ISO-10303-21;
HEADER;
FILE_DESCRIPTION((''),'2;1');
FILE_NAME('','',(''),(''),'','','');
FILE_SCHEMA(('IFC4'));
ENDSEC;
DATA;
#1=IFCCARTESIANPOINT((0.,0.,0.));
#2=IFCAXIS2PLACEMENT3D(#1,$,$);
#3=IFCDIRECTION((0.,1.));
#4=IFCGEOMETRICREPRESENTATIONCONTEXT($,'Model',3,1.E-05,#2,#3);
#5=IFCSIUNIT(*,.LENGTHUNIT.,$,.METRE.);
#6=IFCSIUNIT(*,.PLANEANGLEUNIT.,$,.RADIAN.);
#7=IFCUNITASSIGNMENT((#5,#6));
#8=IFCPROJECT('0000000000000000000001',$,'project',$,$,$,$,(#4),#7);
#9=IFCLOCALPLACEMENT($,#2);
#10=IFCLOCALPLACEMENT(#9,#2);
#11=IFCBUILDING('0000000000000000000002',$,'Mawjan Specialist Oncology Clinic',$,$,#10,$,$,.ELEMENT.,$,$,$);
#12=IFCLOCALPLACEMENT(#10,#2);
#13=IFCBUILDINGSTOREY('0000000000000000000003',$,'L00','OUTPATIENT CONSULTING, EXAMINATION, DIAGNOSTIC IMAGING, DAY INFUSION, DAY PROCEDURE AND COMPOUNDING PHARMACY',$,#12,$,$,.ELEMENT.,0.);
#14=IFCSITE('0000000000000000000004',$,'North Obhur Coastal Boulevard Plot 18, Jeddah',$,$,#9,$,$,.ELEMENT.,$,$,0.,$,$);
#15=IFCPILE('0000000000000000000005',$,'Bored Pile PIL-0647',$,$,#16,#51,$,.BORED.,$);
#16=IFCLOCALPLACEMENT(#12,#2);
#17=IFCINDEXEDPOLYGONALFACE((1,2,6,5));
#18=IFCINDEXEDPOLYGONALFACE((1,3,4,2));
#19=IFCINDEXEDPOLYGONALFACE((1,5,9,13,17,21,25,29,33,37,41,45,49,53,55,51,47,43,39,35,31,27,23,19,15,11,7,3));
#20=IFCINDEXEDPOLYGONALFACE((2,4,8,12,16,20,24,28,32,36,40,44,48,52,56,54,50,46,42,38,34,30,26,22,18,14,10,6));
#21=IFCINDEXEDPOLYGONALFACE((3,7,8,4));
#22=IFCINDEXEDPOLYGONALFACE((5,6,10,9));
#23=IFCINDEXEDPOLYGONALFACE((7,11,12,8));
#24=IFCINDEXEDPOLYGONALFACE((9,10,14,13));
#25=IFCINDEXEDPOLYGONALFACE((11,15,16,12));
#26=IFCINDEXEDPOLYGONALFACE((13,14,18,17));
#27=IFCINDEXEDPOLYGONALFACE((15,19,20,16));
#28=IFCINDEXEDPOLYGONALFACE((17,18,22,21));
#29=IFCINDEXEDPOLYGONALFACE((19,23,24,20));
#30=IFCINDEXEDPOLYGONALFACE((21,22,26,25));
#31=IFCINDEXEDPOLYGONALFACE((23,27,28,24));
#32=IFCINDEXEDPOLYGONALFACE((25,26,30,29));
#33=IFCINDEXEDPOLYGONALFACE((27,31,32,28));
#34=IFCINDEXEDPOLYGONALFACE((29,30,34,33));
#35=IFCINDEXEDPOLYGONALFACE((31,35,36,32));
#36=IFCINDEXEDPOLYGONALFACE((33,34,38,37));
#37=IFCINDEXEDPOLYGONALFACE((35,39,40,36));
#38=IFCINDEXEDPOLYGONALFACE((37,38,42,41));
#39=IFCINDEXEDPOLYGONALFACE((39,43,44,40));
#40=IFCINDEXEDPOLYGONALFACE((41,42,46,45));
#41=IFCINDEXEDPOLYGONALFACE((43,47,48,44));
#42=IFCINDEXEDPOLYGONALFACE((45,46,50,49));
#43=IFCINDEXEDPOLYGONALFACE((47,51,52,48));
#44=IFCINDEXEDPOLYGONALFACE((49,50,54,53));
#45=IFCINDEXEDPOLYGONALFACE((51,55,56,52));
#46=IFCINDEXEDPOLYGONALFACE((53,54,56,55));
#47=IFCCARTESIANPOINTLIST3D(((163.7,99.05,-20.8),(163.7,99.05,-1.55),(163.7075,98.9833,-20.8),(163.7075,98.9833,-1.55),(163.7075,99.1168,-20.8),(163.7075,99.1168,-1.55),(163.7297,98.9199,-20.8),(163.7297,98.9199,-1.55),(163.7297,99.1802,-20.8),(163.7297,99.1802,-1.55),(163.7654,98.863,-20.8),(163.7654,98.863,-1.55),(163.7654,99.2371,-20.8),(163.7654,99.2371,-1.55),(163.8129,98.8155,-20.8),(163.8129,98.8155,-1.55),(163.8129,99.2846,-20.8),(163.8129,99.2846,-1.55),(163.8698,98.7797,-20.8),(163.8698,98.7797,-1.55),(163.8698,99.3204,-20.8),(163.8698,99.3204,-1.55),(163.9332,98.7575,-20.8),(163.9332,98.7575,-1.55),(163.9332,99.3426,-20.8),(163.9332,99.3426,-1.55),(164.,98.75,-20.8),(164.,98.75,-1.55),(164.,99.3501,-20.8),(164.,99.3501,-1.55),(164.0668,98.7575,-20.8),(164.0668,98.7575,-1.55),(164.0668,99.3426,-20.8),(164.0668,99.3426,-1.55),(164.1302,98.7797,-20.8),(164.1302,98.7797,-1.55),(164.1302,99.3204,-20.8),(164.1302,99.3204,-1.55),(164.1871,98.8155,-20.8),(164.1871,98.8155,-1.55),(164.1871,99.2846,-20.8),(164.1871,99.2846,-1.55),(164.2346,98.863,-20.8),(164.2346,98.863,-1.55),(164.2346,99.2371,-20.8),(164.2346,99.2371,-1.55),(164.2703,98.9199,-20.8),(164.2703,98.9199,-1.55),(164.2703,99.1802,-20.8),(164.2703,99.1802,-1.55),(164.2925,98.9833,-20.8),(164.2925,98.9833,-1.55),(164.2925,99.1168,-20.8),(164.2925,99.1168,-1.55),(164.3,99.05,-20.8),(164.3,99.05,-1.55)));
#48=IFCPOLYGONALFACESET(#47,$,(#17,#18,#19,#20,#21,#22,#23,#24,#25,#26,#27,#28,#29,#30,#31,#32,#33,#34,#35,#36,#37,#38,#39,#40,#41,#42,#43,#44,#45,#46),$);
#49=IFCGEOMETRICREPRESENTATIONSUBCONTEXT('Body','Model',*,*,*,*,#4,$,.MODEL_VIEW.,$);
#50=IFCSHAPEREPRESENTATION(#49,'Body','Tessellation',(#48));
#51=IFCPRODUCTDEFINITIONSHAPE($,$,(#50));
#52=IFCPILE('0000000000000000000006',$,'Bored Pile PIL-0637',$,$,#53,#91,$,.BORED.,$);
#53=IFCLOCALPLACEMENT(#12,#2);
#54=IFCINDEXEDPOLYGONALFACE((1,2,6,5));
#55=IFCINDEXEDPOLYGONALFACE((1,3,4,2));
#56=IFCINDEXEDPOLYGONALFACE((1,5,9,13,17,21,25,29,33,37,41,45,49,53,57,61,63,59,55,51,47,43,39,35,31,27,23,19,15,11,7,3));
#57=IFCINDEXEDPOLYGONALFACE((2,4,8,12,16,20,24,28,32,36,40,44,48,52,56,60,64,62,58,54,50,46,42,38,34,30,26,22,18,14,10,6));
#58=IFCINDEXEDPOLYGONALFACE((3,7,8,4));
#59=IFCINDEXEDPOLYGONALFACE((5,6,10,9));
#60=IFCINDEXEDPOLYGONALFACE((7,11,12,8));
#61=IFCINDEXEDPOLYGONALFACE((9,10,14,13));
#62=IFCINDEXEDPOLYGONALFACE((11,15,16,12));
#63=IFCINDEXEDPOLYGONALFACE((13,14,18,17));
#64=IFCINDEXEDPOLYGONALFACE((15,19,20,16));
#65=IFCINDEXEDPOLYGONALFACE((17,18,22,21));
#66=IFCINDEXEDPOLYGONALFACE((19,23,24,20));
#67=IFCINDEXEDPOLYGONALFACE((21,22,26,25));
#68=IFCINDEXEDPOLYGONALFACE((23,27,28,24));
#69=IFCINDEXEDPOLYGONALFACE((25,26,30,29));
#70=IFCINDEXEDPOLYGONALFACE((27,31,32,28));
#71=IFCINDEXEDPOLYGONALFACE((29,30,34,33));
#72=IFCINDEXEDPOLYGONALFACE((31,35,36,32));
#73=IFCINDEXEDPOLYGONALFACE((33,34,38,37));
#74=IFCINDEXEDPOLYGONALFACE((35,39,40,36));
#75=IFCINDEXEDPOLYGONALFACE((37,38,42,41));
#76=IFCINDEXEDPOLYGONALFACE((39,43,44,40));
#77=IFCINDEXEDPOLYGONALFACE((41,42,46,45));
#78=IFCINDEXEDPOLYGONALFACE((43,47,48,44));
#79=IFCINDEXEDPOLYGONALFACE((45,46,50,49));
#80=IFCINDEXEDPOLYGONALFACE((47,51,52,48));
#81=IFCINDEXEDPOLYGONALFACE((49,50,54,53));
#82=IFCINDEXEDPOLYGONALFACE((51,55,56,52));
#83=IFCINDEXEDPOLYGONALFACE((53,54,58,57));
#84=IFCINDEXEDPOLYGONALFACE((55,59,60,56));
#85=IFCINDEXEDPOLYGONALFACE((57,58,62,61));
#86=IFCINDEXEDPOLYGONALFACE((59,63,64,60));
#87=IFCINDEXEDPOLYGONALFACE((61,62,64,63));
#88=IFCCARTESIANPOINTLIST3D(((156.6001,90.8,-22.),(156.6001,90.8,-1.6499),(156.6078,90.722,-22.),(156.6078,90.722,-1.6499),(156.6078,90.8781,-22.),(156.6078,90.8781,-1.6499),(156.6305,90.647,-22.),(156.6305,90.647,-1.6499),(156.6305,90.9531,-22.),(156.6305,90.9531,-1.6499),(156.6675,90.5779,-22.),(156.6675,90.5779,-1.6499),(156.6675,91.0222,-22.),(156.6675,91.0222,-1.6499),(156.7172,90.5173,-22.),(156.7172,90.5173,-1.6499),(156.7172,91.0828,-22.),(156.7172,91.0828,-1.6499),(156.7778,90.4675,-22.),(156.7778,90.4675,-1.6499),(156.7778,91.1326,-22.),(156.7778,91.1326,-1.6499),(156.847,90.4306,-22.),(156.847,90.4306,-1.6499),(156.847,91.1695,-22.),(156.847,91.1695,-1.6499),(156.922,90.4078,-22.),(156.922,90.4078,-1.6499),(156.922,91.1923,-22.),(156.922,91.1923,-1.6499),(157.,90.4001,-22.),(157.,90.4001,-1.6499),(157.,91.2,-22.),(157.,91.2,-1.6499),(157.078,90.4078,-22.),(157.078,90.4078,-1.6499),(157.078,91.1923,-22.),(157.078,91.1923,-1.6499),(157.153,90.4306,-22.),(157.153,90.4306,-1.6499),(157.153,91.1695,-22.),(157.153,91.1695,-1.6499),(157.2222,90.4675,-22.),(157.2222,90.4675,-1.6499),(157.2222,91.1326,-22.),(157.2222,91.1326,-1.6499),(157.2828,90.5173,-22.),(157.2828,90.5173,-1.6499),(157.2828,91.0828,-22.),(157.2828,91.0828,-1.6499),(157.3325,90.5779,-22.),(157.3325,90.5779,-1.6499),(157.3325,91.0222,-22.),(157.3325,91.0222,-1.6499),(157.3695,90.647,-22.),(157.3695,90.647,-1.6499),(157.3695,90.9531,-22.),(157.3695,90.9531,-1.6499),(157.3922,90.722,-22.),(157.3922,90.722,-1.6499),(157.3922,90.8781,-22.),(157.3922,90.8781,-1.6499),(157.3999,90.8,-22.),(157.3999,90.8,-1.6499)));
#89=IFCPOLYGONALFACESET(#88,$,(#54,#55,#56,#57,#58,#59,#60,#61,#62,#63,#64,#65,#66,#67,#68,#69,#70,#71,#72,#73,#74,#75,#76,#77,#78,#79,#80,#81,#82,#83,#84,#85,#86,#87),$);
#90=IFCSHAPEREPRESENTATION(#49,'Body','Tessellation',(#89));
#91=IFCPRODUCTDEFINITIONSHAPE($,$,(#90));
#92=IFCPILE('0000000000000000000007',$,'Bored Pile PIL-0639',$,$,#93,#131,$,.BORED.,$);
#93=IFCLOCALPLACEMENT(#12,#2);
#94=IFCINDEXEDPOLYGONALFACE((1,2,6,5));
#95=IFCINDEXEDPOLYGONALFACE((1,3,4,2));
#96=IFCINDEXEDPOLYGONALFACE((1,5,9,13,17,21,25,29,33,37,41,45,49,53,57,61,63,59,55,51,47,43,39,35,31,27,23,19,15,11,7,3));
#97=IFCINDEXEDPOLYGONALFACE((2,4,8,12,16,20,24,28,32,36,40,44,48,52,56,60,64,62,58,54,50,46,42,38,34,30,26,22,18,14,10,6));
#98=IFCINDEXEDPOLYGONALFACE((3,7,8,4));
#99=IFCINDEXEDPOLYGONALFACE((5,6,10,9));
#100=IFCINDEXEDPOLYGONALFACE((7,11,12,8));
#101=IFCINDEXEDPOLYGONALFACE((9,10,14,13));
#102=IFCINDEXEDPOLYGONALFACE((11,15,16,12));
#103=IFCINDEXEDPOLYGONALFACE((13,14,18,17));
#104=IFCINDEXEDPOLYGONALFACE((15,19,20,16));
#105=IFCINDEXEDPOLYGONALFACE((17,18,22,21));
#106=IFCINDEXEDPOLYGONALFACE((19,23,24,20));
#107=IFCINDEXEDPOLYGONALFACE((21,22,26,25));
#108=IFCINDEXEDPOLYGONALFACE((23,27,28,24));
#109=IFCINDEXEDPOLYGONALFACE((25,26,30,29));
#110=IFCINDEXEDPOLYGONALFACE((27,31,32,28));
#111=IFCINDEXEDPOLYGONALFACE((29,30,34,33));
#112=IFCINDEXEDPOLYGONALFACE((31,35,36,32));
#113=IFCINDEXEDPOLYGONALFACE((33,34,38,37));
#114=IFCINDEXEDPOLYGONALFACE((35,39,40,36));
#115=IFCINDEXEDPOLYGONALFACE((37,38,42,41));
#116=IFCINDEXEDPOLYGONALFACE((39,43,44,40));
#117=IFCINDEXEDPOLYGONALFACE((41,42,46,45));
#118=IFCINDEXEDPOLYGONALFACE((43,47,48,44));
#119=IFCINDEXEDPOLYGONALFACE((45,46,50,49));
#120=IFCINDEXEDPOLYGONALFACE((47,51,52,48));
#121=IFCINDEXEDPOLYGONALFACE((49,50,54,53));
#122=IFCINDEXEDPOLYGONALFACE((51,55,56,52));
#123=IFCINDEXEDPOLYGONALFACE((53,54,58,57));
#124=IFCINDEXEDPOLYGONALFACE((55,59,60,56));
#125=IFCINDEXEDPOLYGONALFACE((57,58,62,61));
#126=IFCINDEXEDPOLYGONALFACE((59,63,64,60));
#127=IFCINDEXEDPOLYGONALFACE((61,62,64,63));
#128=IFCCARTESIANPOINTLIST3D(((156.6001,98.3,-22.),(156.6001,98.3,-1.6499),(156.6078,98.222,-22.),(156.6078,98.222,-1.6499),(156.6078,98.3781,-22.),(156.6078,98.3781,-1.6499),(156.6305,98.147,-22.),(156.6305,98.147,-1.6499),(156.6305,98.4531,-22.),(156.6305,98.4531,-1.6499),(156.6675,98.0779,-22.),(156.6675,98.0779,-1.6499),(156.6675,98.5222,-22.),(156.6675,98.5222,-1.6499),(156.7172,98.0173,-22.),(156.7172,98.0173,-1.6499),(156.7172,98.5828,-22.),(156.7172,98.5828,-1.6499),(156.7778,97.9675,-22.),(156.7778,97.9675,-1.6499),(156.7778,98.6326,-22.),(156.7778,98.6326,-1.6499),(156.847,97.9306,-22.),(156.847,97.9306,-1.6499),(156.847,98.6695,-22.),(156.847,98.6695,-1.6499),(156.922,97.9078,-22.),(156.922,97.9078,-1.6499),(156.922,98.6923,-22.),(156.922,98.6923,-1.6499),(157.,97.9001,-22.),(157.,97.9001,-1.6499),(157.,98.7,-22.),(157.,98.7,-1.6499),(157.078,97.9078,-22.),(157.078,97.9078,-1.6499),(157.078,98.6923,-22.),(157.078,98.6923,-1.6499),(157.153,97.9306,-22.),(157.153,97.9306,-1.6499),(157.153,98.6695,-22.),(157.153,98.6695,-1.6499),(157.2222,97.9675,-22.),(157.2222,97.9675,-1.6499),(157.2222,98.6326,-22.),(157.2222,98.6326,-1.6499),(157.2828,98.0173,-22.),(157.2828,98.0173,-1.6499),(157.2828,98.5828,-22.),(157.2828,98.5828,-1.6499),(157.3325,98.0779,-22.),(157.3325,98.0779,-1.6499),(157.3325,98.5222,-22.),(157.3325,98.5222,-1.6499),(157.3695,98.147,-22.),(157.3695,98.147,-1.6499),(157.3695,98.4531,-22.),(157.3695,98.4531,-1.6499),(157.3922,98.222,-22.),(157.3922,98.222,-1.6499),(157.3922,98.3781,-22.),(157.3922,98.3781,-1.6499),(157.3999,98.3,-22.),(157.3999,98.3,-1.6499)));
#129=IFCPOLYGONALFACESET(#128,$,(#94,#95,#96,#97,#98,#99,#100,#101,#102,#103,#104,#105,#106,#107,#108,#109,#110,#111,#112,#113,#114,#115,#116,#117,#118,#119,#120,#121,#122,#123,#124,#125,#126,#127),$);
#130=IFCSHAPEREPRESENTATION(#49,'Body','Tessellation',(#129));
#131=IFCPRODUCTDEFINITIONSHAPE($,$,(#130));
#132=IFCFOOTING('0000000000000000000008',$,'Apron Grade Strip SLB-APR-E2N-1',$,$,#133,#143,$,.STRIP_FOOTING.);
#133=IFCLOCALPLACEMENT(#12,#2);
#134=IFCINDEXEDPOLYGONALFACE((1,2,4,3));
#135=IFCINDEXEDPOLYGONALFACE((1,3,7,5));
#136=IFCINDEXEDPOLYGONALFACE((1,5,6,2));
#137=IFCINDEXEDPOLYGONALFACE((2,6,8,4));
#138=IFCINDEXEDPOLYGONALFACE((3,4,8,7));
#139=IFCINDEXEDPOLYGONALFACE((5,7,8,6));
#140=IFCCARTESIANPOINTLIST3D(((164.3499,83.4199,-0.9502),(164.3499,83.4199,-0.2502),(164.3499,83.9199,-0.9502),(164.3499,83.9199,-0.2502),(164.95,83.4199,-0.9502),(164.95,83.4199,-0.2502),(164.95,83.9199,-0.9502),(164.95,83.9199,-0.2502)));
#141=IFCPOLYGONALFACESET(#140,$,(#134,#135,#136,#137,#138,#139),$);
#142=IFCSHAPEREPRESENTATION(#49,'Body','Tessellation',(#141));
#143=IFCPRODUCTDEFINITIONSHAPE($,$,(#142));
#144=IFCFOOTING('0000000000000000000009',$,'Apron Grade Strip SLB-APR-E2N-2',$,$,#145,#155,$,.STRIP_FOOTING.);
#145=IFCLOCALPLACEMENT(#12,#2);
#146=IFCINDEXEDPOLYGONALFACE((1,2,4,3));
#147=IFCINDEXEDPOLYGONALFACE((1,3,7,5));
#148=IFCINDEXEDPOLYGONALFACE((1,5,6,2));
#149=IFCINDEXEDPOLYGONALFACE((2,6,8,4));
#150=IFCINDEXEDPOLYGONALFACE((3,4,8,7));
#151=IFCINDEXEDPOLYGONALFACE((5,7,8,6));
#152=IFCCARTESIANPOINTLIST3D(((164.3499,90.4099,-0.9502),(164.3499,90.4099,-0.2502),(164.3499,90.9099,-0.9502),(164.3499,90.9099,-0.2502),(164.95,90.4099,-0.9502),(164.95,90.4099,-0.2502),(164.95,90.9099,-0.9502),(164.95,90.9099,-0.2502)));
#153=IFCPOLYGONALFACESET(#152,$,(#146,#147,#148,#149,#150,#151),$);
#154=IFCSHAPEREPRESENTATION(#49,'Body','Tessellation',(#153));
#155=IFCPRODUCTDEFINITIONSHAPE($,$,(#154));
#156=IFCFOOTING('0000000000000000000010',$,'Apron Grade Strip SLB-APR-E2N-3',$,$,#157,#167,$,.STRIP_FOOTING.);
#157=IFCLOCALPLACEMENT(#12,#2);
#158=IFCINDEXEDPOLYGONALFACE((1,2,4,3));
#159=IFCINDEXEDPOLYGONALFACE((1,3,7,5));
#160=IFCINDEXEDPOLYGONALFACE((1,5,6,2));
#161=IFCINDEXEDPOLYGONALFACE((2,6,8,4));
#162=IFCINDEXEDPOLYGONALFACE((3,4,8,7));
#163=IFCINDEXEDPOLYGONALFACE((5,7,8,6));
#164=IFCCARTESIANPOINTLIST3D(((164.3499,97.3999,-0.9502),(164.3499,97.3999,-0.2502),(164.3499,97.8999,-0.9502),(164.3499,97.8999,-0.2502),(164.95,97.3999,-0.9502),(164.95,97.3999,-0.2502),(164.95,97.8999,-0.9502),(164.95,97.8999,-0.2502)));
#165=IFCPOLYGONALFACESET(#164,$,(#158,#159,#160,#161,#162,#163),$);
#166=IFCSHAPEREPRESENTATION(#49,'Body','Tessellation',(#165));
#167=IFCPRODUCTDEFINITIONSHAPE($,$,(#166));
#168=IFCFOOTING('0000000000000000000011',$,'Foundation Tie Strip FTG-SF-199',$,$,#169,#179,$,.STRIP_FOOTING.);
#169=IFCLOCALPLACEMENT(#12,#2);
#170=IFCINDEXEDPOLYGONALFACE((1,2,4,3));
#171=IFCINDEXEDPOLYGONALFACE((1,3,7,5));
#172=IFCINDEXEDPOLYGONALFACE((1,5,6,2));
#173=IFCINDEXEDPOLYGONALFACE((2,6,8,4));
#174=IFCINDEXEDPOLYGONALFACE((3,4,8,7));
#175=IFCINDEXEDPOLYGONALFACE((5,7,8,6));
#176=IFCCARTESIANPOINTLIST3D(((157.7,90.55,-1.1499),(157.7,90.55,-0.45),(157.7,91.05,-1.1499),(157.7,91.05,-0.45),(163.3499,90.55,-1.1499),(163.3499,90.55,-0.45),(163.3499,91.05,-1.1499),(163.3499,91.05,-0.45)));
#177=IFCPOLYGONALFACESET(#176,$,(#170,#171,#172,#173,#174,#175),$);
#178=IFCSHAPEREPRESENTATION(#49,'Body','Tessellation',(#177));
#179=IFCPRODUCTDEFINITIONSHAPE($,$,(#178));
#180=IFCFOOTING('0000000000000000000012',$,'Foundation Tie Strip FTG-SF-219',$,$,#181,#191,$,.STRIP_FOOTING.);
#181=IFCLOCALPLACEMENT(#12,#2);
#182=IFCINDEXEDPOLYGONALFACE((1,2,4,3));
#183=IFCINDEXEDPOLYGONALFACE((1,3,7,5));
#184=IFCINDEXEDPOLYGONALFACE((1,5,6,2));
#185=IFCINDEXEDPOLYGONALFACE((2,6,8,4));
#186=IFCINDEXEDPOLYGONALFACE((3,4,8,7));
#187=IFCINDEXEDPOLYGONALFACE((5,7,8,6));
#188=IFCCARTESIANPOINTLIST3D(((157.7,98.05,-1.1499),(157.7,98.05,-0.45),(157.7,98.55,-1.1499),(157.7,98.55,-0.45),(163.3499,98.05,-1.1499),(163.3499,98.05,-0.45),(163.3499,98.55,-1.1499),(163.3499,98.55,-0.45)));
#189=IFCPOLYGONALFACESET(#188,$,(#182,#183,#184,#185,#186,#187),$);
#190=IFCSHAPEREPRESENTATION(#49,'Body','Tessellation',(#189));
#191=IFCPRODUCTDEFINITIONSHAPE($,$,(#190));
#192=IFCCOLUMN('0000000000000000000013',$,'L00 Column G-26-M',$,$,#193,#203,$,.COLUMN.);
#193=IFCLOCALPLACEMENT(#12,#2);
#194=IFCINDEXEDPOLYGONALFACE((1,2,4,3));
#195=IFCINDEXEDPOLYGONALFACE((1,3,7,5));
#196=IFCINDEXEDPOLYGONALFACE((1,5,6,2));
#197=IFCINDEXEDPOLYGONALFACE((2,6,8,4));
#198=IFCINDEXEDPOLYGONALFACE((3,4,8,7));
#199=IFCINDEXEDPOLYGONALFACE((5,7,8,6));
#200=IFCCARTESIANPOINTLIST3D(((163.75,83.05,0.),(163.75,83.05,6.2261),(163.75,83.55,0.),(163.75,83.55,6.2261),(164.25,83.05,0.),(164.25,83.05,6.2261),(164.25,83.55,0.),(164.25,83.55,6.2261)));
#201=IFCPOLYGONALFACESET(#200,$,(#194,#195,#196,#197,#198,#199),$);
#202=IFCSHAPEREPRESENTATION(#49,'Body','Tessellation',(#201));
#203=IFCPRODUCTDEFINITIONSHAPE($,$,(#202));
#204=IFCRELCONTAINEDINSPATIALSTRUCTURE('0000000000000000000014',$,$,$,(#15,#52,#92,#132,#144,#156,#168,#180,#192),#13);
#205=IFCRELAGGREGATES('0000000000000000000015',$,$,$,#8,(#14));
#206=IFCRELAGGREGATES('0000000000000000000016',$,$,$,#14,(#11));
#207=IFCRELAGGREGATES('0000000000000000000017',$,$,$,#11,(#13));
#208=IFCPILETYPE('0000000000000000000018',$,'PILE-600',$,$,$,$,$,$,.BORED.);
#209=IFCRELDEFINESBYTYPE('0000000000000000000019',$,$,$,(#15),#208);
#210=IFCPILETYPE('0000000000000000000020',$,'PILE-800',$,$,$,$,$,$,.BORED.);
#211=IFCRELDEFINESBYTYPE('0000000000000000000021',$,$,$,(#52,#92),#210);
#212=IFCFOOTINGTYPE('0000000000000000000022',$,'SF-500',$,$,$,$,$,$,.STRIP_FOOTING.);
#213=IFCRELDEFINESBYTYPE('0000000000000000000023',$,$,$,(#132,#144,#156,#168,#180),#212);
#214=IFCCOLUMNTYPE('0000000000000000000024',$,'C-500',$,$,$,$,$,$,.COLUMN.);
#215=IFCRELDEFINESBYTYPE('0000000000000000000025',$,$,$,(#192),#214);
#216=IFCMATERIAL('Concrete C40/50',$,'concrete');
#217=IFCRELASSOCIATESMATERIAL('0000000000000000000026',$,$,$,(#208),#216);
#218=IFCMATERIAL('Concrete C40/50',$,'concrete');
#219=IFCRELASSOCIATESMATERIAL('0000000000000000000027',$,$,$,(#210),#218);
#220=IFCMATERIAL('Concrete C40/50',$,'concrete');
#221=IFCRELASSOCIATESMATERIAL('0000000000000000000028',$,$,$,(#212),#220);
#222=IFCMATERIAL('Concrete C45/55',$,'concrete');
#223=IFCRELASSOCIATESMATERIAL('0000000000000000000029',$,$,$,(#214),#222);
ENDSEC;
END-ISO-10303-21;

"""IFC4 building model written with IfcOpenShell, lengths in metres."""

from ifc_helpers import new_model, si_unit, direction, frame, origin, origin_2d, place, context, subcontext, project, spatial, rectangle, circle, extrude, material, material_profile, profile_set, type_object, element, save


model = new_model("IFC4")

# Units and contexts
model_context = context("Model", 3, precision=1e-05, world=origin(), true_north=direction((0.0, 1.0)))
body_context = subcontext(model_context, "Body", "Model", "MODEL_VIEW")
ifc_project = project(units=[si_unit("LENGTHUNIT", "METRE"), si_unit("PLANEANGLEUNIT", "RADIAN")], contexts=[model_context])

# Site, building, storey
site_placement = place(None, origin())
site = spatial("IfcSite", under=ifc_project, at=site_placement, Name="North Obhur Coastal Boulevard Plot 18, Jeddah", CompositionType="ELEMENT", RefElevation=0.0)
building_placement = place(site_placement, origin())
building = spatial("IfcBuilding", under=site, at=building_placement, Name="Mawjan Specialist Oncology Clinic", CompositionType="ELEMENT")
storey_placement = place(building_placement, origin())
storey = spatial("IfcBuildingStorey", under=building, at=storey_placement, Name="L00", Description="OUTPATIENT CONSULTING, EXAMINATION, DIAGNOSTIC IMAGING, DAY INFUSION, DAY PROCEDURE AND COMPOUNDING PHARMACY", CompositionType="ELEMENT", Elevation=0.0)

# Piles
ifc_material_1 = material(Name="Concrete C40/50", Category="concrete")
ifc_material_profile_1 = material_profile(ifc_material_1, circle(Radius=0.3, at=origin_2d()), Name="BORED PILE D600", Category="concrete")
ifc_profile_set_1 = profile_set([ifc_material_profile_1], Name="Concrete C40/50")
pile_type_1 = type_object("IfcPileType", Name="PILE-600", PredefinedType="BORED", material=ifc_profile_set_1)
for number, where, z_axis, x_axis, name in (
    (1, (164.0, 99.05, -1.55), (0.0, 0.0, -1.0), (1.0, 0.0, 0.0), "Bored Pile PIL-0647"),
):
    element("IfcPile", number, at=place(storey_placement, frame(where, z_axis=z_axis, x_axis=x_axis)), inside=storey, type_object=pile_type_1, Name=name, PredefinedType="BORED", context=body_context, shape_type="SweptSolid", body=[
        extrude(circle(Radius=0.3, at=origin_2d()), origin(), (0.0, 0.0, 1.0), 19.25),
    ])
ifc_material_2 = material(Name="Concrete C40/50", Category="concrete")
ifc_material_profile_2 = material_profile(ifc_material_2, circle(Radius=0.3999, at=origin_2d()), Name="BORED PILE D800", Category="concrete")
ifc_profile_set_2 = profile_set([ifc_material_profile_2], Name="Concrete C40/50")
pile_type_2 = type_object("IfcPileType", Name="PILE-800", PredefinedType="BORED", material=ifc_profile_set_2)
for number, where, z_axis, x_axis, name in (
    (2, (157.0, 90.8, -1.6499), (0.0, 0.0, -1.0), (1.0, 0.0, 0.0), "Bored Pile PIL-0637"),
    (3, (157.0, 98.3, -1.6499), (0.0, 0.0, -1.0), (1.0, 0.0, 0.0), "Bored Pile PIL-0639"),
):
    element("IfcPile", number, at=place(storey_placement, frame(where, z_axis=z_axis, x_axis=x_axis)), inside=storey, type_object=pile_type_2, Name=name, PredefinedType="BORED", context=body_context, shape_type="SweptSolid", body=[
        extrude(circle(Radius=0.3999, at=origin_2d()), origin(), (0.0, 0.0, 1.0), 20.3501),
    ])

# Footings
ifc_material_3 = material(Name="Concrete C40/50", Category="concrete")
footing_type_1 = type_object("IfcFootingType", Name="SF-500", PredefinedType="STRIP_FOOTING", material=ifc_material_3)
for number, where, z_axis, x_axis, name in (
    (4, (164.6499, 83.6699, -0.9502), (0.0, 0.0, 1.0), (1.0, 0.0, 0.0), "Apron Grade Strip SLB-APR-E2N-1"),
    (5, (164.6499, 90.6599, -0.9502), (0.0, 0.0, 1.0), (1.0, 0.0, 0.0), "Apron Grade Strip SLB-APR-E2N-2"),
    (6, (164.6499, 97.6499, -0.9502), (0.0, 0.0, 1.0), (1.0, 0.0, 0.0), "Apron Grade Strip SLB-APR-E2N-3"),
):
    element("IfcFooting", number, at=place(storey_placement, frame(where, z_axis=z_axis, x_axis=x_axis)), inside=storey, type_object=footing_type_1, Name=name, PredefinedType="STRIP_FOOTING", context=body_context, shape_type="SweptSolid", body=[
        extrude(rectangle(XDim=0.6001, YDim=0.5, at=origin_2d()), origin(), (0.0, 0.0, 1.0), 0.7),
    ])
for number, where, z_axis, x_axis, name in (
    (7, (160.5249, 90.8, -1.1499), (0.0, 0.0, 1.0), (1.0, 0.0, 0.0), "Foundation Tie Strip FTG-SF-199"),
    (8, (160.5249, 98.3, -1.1499), (0.0, 0.0, 1.0), (1.0, 0.0, 0.0), "Foundation Tie Strip FTG-SF-219"),
):
    element("IfcFooting", number, at=place(storey_placement, frame(where, z_axis=z_axis, x_axis=x_axis)), inside=storey, type_object=footing_type_1, Name=name, PredefinedType="STRIP_FOOTING", context=body_context, shape_type="SweptSolid", body=[
        extrude(rectangle(XDim=5.6499, YDim=0.5, at=origin_2d()), origin(), (0.0, 0.0, 1.0), 0.7),
    ])

# Column
ifc_material_4 = material(Name="Concrete C45/55", Category="concrete")
ifc_material_profile_3 = material_profile(ifc_material_4, rectangle(XDim=0.5, YDim=0.5, at=origin_2d()), Name="RC COL 500x500", Category="concrete")
ifc_profile_set_3 = profile_set([ifc_material_profile_3], Name="Concrete C45/55")
column_type = type_object("IfcColumnType", Name="C-500", PredefinedType="COLUMN", material=ifc_profile_set_3)
for number, where, z_axis, x_axis, name in (
    (9, (164.0, 83.3, 0.0), (0.0, 0.0, 1.0), (1.0, 0.0, 0.0), "L00 Column G-26-M"),
):
    element("IfcColumn", number, at=place(storey_placement, frame(where, z_axis=z_axis, x_axis=x_axis)), inside=storey, type_object=column_type, Name=name, PredefinedType="COLUMN", context=body_context, shape_type="SweptSolid", body=[
        extrude(rectangle(XDim=0.5, YDim=0.5, at=origin_2d()), origin(), (0.0, 0.0, 1.0), 6.2261),
    ])

save(model, "model.ifc")
